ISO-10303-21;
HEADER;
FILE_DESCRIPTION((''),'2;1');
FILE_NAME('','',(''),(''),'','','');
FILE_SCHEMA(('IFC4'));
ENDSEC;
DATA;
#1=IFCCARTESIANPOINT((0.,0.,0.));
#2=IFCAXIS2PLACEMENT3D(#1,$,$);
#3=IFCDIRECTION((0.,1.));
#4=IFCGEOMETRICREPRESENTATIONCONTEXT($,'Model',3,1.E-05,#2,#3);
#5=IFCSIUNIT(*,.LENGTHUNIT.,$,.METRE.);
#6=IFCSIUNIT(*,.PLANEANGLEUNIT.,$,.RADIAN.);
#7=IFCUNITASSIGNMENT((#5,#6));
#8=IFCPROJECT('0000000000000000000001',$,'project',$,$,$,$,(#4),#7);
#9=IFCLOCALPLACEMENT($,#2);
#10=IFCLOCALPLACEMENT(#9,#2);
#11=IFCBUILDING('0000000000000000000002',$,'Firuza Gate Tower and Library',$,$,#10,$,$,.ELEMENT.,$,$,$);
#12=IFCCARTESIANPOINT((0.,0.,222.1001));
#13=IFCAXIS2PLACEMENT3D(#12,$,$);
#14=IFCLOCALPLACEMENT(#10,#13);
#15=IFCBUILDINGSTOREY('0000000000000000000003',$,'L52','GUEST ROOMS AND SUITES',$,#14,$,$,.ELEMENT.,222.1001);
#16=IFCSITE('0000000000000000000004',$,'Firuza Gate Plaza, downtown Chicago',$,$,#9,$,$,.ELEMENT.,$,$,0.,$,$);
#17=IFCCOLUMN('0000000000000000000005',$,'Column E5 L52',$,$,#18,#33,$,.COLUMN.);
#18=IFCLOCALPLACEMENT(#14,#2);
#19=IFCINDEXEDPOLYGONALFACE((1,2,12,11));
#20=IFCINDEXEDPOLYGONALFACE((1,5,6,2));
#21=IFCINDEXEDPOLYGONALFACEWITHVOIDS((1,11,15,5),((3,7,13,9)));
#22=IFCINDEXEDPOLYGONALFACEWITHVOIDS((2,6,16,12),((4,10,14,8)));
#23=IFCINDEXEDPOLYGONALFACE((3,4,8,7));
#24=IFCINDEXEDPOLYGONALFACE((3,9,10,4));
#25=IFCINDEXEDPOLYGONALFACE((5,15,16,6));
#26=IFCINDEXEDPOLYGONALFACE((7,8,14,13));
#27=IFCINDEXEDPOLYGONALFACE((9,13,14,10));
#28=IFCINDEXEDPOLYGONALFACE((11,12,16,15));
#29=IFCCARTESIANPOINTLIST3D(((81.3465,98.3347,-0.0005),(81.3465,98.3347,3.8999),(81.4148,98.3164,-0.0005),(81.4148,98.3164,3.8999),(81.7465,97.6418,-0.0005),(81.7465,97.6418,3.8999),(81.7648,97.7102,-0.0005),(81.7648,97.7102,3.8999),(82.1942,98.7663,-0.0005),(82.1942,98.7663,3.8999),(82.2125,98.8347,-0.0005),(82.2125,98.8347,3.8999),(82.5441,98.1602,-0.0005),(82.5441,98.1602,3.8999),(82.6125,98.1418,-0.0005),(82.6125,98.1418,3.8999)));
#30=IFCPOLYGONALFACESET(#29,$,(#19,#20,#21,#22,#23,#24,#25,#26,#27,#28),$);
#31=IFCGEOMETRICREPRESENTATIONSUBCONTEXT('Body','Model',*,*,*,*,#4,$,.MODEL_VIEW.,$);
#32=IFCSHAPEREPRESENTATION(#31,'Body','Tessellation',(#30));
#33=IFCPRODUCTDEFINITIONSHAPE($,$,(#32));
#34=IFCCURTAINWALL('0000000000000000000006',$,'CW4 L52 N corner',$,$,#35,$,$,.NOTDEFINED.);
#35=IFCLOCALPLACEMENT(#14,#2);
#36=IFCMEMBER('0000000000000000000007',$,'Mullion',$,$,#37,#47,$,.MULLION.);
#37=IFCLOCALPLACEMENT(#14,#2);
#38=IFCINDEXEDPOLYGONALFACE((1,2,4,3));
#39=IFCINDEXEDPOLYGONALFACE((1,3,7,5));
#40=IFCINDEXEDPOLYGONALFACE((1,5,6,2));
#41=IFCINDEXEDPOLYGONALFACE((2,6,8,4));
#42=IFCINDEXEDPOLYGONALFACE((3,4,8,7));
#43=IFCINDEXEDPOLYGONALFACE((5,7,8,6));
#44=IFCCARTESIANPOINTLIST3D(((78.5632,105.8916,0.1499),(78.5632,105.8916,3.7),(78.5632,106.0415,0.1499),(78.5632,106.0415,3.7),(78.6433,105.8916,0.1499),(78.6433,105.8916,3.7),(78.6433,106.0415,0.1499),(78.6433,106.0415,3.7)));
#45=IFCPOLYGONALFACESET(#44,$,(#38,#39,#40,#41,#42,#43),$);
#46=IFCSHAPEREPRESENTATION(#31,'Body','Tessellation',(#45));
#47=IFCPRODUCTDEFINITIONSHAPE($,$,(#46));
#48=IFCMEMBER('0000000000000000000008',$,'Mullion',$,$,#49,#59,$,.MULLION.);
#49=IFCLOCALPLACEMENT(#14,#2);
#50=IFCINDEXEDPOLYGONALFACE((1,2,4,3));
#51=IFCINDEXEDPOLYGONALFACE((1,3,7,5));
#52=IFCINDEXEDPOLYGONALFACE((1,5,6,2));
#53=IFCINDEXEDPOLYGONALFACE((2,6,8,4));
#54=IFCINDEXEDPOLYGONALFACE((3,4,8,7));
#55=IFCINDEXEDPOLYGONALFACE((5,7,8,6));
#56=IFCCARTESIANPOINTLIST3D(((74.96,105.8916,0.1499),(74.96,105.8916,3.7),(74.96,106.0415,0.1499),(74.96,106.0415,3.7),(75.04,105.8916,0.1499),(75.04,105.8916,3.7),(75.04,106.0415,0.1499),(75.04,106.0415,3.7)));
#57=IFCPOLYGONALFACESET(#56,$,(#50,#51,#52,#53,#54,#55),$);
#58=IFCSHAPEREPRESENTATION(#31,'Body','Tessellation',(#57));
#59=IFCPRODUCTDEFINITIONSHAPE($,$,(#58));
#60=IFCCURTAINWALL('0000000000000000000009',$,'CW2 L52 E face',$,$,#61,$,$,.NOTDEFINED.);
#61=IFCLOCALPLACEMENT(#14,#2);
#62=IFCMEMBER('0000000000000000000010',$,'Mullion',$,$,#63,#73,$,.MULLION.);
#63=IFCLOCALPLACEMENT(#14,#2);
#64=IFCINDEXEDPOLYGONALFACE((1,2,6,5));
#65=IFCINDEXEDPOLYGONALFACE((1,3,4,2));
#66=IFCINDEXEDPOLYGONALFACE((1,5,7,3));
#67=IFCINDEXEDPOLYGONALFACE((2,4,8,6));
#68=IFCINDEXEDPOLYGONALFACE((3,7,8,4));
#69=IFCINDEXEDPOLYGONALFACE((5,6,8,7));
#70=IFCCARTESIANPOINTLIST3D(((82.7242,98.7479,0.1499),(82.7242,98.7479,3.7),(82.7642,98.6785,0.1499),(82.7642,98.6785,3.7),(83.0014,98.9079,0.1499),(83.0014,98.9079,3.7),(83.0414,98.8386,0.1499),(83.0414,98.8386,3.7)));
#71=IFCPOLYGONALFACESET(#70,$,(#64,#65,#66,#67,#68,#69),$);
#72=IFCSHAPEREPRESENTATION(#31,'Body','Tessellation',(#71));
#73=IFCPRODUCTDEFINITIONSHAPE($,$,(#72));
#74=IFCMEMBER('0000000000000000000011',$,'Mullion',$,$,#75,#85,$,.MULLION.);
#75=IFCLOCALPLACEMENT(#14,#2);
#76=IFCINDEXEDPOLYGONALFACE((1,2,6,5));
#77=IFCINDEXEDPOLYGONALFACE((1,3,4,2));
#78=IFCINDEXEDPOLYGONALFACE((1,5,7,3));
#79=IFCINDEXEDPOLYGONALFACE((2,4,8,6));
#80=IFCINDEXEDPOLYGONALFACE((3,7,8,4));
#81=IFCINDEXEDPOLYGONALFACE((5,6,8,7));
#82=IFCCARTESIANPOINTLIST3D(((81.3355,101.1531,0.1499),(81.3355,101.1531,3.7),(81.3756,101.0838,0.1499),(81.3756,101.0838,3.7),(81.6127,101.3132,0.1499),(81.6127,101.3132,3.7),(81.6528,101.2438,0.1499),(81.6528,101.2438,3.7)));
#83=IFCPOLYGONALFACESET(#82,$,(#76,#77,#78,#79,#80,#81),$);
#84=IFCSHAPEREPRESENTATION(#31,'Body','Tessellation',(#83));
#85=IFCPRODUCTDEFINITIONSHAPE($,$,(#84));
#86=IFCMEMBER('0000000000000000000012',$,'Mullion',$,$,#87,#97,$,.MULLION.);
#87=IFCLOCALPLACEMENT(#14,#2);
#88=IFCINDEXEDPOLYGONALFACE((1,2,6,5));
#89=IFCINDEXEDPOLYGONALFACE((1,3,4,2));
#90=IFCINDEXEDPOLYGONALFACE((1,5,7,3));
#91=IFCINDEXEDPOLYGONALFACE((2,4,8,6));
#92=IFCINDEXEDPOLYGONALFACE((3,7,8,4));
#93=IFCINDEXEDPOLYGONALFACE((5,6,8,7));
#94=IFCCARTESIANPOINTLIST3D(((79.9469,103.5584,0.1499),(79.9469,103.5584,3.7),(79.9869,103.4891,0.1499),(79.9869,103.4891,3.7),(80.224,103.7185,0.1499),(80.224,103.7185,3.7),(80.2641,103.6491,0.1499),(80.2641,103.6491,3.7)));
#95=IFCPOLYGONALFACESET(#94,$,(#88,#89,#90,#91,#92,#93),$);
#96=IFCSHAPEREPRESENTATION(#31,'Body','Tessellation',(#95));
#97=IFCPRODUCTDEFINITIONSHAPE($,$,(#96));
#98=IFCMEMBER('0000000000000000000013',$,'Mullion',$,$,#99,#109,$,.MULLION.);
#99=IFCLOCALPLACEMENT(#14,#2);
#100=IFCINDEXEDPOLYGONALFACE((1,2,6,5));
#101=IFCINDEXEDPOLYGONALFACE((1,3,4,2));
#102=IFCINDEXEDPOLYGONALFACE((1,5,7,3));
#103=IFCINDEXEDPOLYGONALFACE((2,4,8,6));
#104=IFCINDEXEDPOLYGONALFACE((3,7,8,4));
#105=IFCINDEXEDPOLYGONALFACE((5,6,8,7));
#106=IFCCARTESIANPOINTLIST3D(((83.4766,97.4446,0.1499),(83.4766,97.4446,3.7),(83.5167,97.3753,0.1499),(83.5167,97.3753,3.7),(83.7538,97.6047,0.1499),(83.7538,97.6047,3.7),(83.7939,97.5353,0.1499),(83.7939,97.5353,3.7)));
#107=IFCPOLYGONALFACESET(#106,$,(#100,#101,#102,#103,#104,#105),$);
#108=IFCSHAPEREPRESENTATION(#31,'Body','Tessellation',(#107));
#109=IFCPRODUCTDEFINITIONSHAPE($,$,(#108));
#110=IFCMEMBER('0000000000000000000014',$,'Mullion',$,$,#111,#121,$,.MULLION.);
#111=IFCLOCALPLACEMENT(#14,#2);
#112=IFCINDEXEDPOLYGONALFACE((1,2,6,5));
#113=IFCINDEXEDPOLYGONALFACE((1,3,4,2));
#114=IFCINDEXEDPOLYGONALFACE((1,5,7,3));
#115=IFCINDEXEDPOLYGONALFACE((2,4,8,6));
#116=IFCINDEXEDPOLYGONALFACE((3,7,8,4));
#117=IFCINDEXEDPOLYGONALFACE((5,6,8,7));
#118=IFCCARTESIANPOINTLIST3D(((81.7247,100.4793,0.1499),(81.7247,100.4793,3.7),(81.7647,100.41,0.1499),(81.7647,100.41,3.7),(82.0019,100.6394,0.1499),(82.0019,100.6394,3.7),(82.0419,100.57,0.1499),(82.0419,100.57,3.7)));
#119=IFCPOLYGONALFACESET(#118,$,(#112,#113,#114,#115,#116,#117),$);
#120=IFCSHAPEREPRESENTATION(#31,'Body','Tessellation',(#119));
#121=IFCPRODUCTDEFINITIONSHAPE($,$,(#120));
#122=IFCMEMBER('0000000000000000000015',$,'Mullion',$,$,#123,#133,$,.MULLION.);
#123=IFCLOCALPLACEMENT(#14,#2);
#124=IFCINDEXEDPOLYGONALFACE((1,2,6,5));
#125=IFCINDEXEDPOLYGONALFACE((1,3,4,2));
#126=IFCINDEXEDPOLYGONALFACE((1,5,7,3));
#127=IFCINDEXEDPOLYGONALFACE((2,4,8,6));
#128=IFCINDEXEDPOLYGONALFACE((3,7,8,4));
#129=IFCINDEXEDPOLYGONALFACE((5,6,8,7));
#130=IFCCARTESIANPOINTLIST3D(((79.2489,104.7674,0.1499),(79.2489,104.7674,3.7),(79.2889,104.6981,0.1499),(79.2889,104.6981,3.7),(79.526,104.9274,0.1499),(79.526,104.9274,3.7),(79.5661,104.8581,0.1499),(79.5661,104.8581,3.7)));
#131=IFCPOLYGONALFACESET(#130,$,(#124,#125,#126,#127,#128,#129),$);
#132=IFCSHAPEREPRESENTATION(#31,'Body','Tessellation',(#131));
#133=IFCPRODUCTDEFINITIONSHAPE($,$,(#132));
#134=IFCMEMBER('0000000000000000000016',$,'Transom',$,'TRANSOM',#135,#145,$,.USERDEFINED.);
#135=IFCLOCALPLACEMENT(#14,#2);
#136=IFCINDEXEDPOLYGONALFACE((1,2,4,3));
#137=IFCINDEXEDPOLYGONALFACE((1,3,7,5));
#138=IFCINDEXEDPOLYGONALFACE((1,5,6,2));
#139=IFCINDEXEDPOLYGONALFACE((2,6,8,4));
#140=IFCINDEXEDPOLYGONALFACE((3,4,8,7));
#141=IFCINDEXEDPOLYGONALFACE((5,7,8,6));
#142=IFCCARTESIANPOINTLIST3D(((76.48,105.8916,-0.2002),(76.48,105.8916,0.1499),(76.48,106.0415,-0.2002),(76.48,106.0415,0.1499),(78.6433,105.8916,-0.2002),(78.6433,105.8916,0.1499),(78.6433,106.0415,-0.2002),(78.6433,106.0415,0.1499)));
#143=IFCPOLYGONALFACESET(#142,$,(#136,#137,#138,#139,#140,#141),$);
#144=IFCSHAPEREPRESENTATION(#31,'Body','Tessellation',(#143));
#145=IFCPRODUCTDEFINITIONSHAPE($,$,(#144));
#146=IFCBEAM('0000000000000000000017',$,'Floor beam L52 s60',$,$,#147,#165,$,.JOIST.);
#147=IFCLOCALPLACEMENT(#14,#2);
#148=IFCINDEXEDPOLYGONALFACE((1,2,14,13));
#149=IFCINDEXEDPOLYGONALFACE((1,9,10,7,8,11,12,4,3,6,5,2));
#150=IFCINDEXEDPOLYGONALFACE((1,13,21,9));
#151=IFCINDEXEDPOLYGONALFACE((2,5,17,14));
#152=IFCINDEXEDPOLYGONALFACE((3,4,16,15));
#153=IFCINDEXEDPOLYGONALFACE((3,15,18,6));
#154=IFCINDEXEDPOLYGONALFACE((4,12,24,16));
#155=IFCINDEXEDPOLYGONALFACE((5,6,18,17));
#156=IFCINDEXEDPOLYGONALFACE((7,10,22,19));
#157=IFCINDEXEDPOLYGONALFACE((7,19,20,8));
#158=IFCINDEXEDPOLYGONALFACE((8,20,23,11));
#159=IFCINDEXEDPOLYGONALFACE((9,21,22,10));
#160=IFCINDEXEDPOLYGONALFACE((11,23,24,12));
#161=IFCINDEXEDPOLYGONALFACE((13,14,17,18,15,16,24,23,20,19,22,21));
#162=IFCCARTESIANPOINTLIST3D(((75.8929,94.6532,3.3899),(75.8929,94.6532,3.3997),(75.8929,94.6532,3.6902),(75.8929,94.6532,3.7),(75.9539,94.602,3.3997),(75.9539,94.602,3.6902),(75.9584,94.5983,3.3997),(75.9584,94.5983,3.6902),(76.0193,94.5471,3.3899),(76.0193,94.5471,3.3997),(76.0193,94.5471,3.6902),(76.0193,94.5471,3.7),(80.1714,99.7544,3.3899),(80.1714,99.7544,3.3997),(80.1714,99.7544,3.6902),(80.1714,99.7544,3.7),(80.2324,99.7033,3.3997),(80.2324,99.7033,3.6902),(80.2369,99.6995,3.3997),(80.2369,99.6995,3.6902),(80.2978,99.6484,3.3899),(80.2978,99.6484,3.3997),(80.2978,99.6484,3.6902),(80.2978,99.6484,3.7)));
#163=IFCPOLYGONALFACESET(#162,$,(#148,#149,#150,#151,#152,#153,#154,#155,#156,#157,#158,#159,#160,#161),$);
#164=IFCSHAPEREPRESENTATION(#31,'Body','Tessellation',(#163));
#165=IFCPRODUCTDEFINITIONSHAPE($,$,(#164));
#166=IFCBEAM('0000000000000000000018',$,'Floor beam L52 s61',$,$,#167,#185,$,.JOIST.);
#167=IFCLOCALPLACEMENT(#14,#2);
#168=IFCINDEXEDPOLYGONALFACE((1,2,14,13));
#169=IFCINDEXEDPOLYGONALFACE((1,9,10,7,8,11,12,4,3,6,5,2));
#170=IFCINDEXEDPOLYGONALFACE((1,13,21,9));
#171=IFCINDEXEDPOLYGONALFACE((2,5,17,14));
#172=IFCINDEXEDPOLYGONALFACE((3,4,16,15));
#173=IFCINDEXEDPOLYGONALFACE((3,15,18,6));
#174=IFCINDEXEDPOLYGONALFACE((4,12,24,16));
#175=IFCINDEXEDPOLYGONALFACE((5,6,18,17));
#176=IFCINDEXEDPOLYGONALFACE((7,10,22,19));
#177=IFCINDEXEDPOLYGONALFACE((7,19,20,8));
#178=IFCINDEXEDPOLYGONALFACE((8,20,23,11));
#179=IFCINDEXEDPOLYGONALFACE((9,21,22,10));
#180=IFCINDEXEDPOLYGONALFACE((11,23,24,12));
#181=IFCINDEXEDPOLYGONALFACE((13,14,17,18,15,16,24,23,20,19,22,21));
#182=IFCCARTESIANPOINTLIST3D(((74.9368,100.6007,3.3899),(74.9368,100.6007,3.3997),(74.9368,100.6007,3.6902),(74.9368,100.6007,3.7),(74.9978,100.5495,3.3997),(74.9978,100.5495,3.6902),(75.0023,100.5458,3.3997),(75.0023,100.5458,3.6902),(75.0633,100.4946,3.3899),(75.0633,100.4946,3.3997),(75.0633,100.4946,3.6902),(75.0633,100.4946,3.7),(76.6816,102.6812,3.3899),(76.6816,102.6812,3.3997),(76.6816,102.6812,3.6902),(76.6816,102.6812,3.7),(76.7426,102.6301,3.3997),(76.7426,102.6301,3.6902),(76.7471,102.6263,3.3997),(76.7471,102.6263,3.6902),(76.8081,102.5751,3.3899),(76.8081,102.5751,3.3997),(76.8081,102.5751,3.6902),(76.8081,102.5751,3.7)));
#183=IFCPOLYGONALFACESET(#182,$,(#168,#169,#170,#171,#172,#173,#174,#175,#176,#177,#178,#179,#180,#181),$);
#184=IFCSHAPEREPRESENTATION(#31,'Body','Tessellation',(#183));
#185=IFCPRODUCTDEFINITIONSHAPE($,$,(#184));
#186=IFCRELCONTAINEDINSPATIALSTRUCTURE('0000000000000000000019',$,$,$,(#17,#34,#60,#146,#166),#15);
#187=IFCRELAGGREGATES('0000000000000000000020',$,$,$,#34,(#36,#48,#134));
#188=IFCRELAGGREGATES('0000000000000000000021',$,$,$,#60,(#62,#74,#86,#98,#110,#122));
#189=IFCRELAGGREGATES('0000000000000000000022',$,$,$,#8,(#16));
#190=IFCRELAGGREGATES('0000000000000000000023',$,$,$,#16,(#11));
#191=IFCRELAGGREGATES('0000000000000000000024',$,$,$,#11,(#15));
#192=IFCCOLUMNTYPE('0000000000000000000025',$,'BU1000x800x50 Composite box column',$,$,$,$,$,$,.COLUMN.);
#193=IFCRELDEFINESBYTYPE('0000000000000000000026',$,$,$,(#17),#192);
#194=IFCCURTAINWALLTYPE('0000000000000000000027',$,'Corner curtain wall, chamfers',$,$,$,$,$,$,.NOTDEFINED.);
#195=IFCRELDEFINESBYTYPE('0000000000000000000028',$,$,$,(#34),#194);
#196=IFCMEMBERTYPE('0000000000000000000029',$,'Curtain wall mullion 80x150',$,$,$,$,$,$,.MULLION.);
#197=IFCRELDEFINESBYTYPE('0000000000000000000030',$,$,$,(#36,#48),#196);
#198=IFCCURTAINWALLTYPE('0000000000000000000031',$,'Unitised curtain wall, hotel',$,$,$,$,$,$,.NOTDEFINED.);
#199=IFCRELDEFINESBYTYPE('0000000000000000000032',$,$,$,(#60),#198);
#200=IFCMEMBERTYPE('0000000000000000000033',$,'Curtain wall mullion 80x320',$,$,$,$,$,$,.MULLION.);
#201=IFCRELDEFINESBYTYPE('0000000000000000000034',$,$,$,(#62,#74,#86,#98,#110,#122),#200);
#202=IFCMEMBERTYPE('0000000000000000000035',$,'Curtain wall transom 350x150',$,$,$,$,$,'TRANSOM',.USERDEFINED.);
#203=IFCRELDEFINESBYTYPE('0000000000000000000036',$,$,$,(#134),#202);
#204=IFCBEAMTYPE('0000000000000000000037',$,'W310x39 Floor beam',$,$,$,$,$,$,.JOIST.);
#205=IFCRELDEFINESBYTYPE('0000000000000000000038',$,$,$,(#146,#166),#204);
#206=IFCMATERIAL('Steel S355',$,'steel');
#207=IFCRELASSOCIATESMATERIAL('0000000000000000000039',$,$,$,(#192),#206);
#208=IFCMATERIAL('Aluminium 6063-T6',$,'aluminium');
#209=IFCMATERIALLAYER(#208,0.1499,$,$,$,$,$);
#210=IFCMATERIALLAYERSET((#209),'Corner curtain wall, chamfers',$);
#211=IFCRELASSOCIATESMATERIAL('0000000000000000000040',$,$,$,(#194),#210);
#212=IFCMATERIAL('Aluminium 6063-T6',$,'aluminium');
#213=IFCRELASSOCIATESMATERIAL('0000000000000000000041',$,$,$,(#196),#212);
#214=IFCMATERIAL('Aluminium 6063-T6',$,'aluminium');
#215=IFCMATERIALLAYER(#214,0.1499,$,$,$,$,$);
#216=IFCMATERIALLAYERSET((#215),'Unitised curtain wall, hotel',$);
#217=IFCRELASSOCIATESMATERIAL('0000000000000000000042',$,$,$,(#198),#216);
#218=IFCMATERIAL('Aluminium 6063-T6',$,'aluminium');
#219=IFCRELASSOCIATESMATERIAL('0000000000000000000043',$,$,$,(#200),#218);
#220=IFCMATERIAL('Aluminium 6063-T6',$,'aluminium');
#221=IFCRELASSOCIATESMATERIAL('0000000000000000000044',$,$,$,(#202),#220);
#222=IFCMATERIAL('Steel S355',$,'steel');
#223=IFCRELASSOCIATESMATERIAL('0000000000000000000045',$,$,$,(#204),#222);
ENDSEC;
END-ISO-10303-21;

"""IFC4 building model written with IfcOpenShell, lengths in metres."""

from ifc_helpers import new_model, si_unit, direction, frame, origin, origin_2d, place, context, subcontext, project, spatial, rectangle, hollow_rectangle, i_section, extrude, material, layer, layer_set, material_profile, profile_set, type_object, element, aggregate, save


model = new_model("IFC4")

# Units and contexts
model_context = context("Model", 3, precision=1e-05, world=origin(), true_north=direction((0.0, 1.0)))
body_context = subcontext(model_context, "Body", "Model", "MODEL_VIEW")
ifc_project = project(units=[si_unit("LENGTHUNIT", "METRE"), si_unit("PLANEANGLEUNIT", "RADIAN")], contexts=[model_context])

# Site, building, storey
site_placement = place(None, origin())
site = spatial("IfcSite", under=ifc_project, at=site_placement, Name="Firuza Gate Plaza, downtown Chicago", CompositionType="ELEMENT", RefElevation=0.0)
building_placement = place(site_placement, origin())
building = spatial("IfcBuilding", under=site, at=building_placement, Name="Firuza Gate Tower and Library", CompositionType="ELEMENT")
storey_placement = place(building_placement, frame((0.0, 0.0, 222.1001)))
storey = spatial("IfcBuildingStorey", under=building, at=storey_placement, Name="L52", Description="GUEST ROOMS AND SUITES", CompositionType="ELEMENT", Elevation=222.1001)

# Column
ifc_material_1 = material(Name="Steel S355", Category="steel")
ifc_material_profile_1 = material_profile(ifc_material_1, hollow_rectangle(XDim=0.8, YDim=1.0, WallThickness=0.05, at=origin_2d()))
ifc_profile_set_1 = profile_set([ifc_material_profile_1], Name="Steel S355")
column_type = type_object("IfcColumnType", Name="BU1000x800x50 Composite box column", PredefinedType="COLUMN", material=ifc_profile_set_1)
column_placement = place(storey_placement, frame((81.9795, 98.2383, -0.0005), z_axis=(0.0, 0.0, 1.0), x_axis=(-0.5, 0.866025, 0.0)))
element("IfcColumn", 1, at=column_placement, inside=storey, type_object=column_type, Name="Column E5 L52", PredefinedType="COLUMN", context=body_context, shape_type="SweptSolid", body=[
    extrude(hollow_rectangle(XDim=0.8, YDim=1.0, WallThickness=0.05, at=origin_2d()), origin(), (0.0, 0.0, 1.0), 3.9004),
])

# Curtain walls, members
ifc_material_2 = material(Name="Aluminium 6063-T6", Category="aluminium")
ifc_layer_1 = layer(ifc_material_2, 0.1499)
ifc_layer_set_1 = layer_set([ifc_layer_1], Name="Corner curtain wall, chamfers")
curtain_wall_type_1 = type_object("IfcCurtainWallType", Name="Corner curtain wall, chamfers", PredefinedType="NOTDEFINED", material=ifc_layer_set_1)
placement = place(storey_placement, origin())
curtain_wall_1 = element("IfcCurtainWall", 2, at=placement, inside=storey, type_object=curtain_wall_type_1, Name="CW4 L52 N corner", PredefinedType="NOTDEFINED")
ifc_material_3 = material(Name="Aluminium 6063-T6", Category="aluminium")
ifc_material_profile_2 = material_profile(ifc_material_3, rectangle(XDim=0.1499, YDim=0.0801, at=origin_2d()))
ifc_profile_set_2 = profile_set([ifc_material_profile_2], Name="Aluminium 6063-T6")
member_type_1 = type_object("IfcMemberType", Name="Curtain wall mullion 80x150", PredefinedType="MULLION", material=ifc_profile_set_2)
member_1_placement = place(storey_placement, frame((78.6033, 105.9666, 0.1499), z_axis=(0.0, 0.0, 1.0), x_axis=(0.0, -1.0, 0.0)))
member_1 = element("IfcMember", 3, at=member_1_placement, type_object=member_type_1, Name="Mullion", PredefinedType="MULLION", context=body_context, shape_type="SweptSolid", body=[
    extrude(rectangle(XDim=0.1499, YDim=0.0801, at=origin_2d()), origin(), (0.0, 0.0, 1.0), 3.55),
])
member_2_placement = place(storey_placement, frame((75.0, 105.9666, 0.1499), z_axis=(0.0, 0.0, 1.0), x_axis=(0.0, -1.0, 0.0)))
member_2 = element("IfcMember", 4, at=member_2_placement, type_object=member_type_1, Name="Mullion", PredefinedType="MULLION", context=body_context, shape_type="SweptSolid", body=[
    extrude(rectangle(XDim=0.1499, YDim=0.0801, at=origin_2d()), origin(), (0.0, 0.0, 1.0), 3.55),
])
ifc_material_4 = material(Name="Aluminium 6063-T6", Category="aluminium")
ifc_layer_2 = layer(ifc_material_4, 0.1499)
ifc_layer_set_2 = layer_set([ifc_layer_2], Name="Unitised curtain wall, hotel")
curtain_wall_type_2 = type_object("IfcCurtainWallType", Name="Unitised curtain wall, hotel", PredefinedType="NOTDEFINED", material=ifc_layer_set_2)
curtain_wall_2 = element("IfcCurtainWall", 5, at=placement, inside=storey, type_object=curtain_wall_type_2, Name="CW2 L52 E face", PredefinedType="NOTDEFINED")
ifc_material_5 = material(Name="Aluminium 6063-T6", Category="aluminium")
ifc_material_profile_3 = material_profile(ifc_material_5, rectangle(XDim=0.3201, YDim=0.0801, at=origin_2d()))
ifc_profile_set_3 = profile_set([ifc_material_profile_3], Name="Aluminium 6063-T6")
member_type_2 = type_object("IfcMemberType", Name="Curtain wall mullion 80x320", PredefinedType="MULLION", material=ifc_profile_set_3)
member_3_placement = place(storey_placement, frame((82.8828, 98.7932, 0.1499), z_axis=(0.0, 0.0, 1.0), x_axis=(-0.866025, -0.5, 0.0)))
member_3 = element("IfcMember", 6, at=member_3_placement, type_object=member_type_2, Name="Mullion", PredefinedType="MULLION", context=body_context, shape_type="SweptSolid", body=[
    extrude(rectangle(XDim=0.3201, YDim=0.0801, at=origin_2d()), origin(), (0.0, 0.0, 1.0), 3.55),
])
member_4_placement = place(storey_placement, frame((81.4941, 101.1985, 0.1499), z_axis=(0.0, 0.0, 1.0), x_axis=(-0.866025, -0.5, 0.0)))
member_4 = element("IfcMember", 7, at=member_4_placement, type_object=member_type_2, Name="Mullion", PredefinedType="MULLION", context=body_context, shape_type="SweptSolid", body=[
    extrude(rectangle(XDim=0.3201, YDim=0.0801, at=origin_2d()), origin(), (0.0, 0.0, 1.0), 3.55),
])
member_5_placement = place(storey_placement, frame((80.1055, 103.6038, 0.1499), z_axis=(0.0, 0.0, 1.0), x_axis=(-0.866025, -0.5, 0.0)))
member_5 = element("IfcMember", 8, at=member_5_placement, type_object=member_type_2, Name="Mullion", PredefinedType="MULLION", context=body_context, shape_type="SweptSolid", body=[
    extrude(rectangle(XDim=0.3201, YDim=0.0801, at=origin_2d()), origin(), (0.0, 0.0, 1.0), 3.55),
])
member_6_placement = place(storey_placement, frame((83.6353, 97.49, 0.1499), z_axis=(0.0, 0.0, 1.0), x_axis=(-0.866025, -0.5, 0.0)))
member_6 = element("IfcMember", 9, at=member_6_placement, type_object=member_type_2, Name="Mullion", PredefinedType="MULLION", context=body_context, shape_type="SweptSolid", body=[
    extrude(rectangle(XDim=0.3201, YDim=0.0801, at=origin_2d()), origin(), (0.0, 0.0, 1.0), 3.55),
])
member_7_placement = place(storey_placement, frame((81.8833, 100.5247, 0.1499), z_axis=(0.0, 0.0, 1.0), x_axis=(-0.866025, -0.5, 0.0)))
member_7 = element("IfcMember", 10, at=member_7_placement, type_object=member_type_2, Name="Mullion", PredefinedType="MULLION", context=body_context, shape_type="SweptSolid", body=[
    extrude(rectangle(XDim=0.3201, YDim=0.0801, at=origin_2d()), origin(), (0.0, 0.0, 1.0), 3.55),
])
member_8_placement = place(storey_placement, frame((79.4075, 104.8127, 0.1499), z_axis=(0.0, 0.0, 1.0), x_axis=(-0.866025, -0.5, 0.0)))
member_8 = element("IfcMember", 11, at=member_8_placement, type_object=member_type_2, Name="Mullion", PredefinedType="MULLION", context=body_context, shape_type="SweptSolid", body=[
    extrude(rectangle(XDim=0.3201, YDim=0.0801, at=origin_2d()), origin(), (0.0, 0.0, 1.0), 3.55),
])

# Member
ifc_material_6 = material(Name="Aluminium 6063-T6", Category="aluminium")
ifc_material_profile_4 = material_profile(ifc_material_6, rectangle(XDim=0.1499, YDim=0.3501, at=origin_2d()))
ifc_profile_set_4 = profile_set([ifc_material_profile_4], Name="Aluminium 6063-T6")
member_type_3 = type_object("IfcMemberType", Name="Curtain wall transom 350x150", ElementType="TRANSOM", PredefinedType="USERDEFINED", material=ifc_profile_set_4)
member_9_placement = place(storey_placement, frame((78.6433, 105.9666, -0.0251), z_axis=(-1.0, 0.0, 0.0), x_axis=(0.0, -1.0, 0.0)))
member_9 = element("IfcMember", 12, at=member_9_placement, type_object=member_type_3, Name="Transom", ObjectType="TRANSOM", PredefinedType="USERDEFINED", context=body_context, shape_type="SweptSolid", body=[
    extrude(rectangle(XDim=0.1499, YDim=0.3501, at=origin_2d()), origin(), (0.0, 0.0, 1.0), 2.1633),
])

# Beams
ifc_material_7 = material(Name="Steel S355", Category="steel")
ifc_material_profile_5 = material_profile(ifc_material_7, i_section(OverallWidth=0.165, OverallDepth=0.3101, WebThickness=0.0059, FlangeThickness=0.0098, at=origin_2d()))
ifc_profile_set_5 = profile_set([ifc_material_profile_5], Name="Steel S355")
beam_type_1 = type_object("IfcBeamType", Name="W310x39 Floor beam", PredefinedType="JOIST", material=ifc_profile_set_5)
beam_1_placement = place(storey_placement, frame((80.2346, 99.7014, 3.5449), z_axis=(-0.642616, -0.766189, 0.0), x_axis=(0.766189, -0.642616, 0.0)))
element("IfcBeam", 13, at=beam_1_placement, inside=storey, type_object=beam_type_1, Name="Floor beam L52 s60", PredefinedType="JOIST", context=body_context, shape_type="SweptSolid", body=[
    extrude(i_section(OverallWidth=0.165, OverallDepth=0.3101, WebThickness=0.0059, FlangeThickness=0.0098, at=origin_2d()), origin(), (0.0, 0.0, 1.0), 6.658),
])
beam_2_placement = place(storey_placement, frame((76.7449, 102.6282, 3.5449), z_axis=(-0.642587, -0.766213, 0.0), x_axis=(0.766213, -0.642587, 0.0)))
element("IfcBeam", 14, at=beam_2_placement, inside=storey, type_object=beam_type_1, Name="Floor beam L52 s61", PredefinedType="JOIST", context=body_context, shape_type="SweptSolid", body=[
    extrude(i_section(OverallWidth=0.165, OverallDepth=0.3101, WebThickness=0.0059, FlangeThickness=0.0098, at=origin_2d()), origin(), (0.0, 0.0, 1.0), 2.7153),
])

aggregate(curtain_wall_1, [member_1, member_2, member_9])
aggregate(curtain_wall_2, [member_3, member_4, member_5, member_6, member_7, member_8])

save(model, "model.ifc")
